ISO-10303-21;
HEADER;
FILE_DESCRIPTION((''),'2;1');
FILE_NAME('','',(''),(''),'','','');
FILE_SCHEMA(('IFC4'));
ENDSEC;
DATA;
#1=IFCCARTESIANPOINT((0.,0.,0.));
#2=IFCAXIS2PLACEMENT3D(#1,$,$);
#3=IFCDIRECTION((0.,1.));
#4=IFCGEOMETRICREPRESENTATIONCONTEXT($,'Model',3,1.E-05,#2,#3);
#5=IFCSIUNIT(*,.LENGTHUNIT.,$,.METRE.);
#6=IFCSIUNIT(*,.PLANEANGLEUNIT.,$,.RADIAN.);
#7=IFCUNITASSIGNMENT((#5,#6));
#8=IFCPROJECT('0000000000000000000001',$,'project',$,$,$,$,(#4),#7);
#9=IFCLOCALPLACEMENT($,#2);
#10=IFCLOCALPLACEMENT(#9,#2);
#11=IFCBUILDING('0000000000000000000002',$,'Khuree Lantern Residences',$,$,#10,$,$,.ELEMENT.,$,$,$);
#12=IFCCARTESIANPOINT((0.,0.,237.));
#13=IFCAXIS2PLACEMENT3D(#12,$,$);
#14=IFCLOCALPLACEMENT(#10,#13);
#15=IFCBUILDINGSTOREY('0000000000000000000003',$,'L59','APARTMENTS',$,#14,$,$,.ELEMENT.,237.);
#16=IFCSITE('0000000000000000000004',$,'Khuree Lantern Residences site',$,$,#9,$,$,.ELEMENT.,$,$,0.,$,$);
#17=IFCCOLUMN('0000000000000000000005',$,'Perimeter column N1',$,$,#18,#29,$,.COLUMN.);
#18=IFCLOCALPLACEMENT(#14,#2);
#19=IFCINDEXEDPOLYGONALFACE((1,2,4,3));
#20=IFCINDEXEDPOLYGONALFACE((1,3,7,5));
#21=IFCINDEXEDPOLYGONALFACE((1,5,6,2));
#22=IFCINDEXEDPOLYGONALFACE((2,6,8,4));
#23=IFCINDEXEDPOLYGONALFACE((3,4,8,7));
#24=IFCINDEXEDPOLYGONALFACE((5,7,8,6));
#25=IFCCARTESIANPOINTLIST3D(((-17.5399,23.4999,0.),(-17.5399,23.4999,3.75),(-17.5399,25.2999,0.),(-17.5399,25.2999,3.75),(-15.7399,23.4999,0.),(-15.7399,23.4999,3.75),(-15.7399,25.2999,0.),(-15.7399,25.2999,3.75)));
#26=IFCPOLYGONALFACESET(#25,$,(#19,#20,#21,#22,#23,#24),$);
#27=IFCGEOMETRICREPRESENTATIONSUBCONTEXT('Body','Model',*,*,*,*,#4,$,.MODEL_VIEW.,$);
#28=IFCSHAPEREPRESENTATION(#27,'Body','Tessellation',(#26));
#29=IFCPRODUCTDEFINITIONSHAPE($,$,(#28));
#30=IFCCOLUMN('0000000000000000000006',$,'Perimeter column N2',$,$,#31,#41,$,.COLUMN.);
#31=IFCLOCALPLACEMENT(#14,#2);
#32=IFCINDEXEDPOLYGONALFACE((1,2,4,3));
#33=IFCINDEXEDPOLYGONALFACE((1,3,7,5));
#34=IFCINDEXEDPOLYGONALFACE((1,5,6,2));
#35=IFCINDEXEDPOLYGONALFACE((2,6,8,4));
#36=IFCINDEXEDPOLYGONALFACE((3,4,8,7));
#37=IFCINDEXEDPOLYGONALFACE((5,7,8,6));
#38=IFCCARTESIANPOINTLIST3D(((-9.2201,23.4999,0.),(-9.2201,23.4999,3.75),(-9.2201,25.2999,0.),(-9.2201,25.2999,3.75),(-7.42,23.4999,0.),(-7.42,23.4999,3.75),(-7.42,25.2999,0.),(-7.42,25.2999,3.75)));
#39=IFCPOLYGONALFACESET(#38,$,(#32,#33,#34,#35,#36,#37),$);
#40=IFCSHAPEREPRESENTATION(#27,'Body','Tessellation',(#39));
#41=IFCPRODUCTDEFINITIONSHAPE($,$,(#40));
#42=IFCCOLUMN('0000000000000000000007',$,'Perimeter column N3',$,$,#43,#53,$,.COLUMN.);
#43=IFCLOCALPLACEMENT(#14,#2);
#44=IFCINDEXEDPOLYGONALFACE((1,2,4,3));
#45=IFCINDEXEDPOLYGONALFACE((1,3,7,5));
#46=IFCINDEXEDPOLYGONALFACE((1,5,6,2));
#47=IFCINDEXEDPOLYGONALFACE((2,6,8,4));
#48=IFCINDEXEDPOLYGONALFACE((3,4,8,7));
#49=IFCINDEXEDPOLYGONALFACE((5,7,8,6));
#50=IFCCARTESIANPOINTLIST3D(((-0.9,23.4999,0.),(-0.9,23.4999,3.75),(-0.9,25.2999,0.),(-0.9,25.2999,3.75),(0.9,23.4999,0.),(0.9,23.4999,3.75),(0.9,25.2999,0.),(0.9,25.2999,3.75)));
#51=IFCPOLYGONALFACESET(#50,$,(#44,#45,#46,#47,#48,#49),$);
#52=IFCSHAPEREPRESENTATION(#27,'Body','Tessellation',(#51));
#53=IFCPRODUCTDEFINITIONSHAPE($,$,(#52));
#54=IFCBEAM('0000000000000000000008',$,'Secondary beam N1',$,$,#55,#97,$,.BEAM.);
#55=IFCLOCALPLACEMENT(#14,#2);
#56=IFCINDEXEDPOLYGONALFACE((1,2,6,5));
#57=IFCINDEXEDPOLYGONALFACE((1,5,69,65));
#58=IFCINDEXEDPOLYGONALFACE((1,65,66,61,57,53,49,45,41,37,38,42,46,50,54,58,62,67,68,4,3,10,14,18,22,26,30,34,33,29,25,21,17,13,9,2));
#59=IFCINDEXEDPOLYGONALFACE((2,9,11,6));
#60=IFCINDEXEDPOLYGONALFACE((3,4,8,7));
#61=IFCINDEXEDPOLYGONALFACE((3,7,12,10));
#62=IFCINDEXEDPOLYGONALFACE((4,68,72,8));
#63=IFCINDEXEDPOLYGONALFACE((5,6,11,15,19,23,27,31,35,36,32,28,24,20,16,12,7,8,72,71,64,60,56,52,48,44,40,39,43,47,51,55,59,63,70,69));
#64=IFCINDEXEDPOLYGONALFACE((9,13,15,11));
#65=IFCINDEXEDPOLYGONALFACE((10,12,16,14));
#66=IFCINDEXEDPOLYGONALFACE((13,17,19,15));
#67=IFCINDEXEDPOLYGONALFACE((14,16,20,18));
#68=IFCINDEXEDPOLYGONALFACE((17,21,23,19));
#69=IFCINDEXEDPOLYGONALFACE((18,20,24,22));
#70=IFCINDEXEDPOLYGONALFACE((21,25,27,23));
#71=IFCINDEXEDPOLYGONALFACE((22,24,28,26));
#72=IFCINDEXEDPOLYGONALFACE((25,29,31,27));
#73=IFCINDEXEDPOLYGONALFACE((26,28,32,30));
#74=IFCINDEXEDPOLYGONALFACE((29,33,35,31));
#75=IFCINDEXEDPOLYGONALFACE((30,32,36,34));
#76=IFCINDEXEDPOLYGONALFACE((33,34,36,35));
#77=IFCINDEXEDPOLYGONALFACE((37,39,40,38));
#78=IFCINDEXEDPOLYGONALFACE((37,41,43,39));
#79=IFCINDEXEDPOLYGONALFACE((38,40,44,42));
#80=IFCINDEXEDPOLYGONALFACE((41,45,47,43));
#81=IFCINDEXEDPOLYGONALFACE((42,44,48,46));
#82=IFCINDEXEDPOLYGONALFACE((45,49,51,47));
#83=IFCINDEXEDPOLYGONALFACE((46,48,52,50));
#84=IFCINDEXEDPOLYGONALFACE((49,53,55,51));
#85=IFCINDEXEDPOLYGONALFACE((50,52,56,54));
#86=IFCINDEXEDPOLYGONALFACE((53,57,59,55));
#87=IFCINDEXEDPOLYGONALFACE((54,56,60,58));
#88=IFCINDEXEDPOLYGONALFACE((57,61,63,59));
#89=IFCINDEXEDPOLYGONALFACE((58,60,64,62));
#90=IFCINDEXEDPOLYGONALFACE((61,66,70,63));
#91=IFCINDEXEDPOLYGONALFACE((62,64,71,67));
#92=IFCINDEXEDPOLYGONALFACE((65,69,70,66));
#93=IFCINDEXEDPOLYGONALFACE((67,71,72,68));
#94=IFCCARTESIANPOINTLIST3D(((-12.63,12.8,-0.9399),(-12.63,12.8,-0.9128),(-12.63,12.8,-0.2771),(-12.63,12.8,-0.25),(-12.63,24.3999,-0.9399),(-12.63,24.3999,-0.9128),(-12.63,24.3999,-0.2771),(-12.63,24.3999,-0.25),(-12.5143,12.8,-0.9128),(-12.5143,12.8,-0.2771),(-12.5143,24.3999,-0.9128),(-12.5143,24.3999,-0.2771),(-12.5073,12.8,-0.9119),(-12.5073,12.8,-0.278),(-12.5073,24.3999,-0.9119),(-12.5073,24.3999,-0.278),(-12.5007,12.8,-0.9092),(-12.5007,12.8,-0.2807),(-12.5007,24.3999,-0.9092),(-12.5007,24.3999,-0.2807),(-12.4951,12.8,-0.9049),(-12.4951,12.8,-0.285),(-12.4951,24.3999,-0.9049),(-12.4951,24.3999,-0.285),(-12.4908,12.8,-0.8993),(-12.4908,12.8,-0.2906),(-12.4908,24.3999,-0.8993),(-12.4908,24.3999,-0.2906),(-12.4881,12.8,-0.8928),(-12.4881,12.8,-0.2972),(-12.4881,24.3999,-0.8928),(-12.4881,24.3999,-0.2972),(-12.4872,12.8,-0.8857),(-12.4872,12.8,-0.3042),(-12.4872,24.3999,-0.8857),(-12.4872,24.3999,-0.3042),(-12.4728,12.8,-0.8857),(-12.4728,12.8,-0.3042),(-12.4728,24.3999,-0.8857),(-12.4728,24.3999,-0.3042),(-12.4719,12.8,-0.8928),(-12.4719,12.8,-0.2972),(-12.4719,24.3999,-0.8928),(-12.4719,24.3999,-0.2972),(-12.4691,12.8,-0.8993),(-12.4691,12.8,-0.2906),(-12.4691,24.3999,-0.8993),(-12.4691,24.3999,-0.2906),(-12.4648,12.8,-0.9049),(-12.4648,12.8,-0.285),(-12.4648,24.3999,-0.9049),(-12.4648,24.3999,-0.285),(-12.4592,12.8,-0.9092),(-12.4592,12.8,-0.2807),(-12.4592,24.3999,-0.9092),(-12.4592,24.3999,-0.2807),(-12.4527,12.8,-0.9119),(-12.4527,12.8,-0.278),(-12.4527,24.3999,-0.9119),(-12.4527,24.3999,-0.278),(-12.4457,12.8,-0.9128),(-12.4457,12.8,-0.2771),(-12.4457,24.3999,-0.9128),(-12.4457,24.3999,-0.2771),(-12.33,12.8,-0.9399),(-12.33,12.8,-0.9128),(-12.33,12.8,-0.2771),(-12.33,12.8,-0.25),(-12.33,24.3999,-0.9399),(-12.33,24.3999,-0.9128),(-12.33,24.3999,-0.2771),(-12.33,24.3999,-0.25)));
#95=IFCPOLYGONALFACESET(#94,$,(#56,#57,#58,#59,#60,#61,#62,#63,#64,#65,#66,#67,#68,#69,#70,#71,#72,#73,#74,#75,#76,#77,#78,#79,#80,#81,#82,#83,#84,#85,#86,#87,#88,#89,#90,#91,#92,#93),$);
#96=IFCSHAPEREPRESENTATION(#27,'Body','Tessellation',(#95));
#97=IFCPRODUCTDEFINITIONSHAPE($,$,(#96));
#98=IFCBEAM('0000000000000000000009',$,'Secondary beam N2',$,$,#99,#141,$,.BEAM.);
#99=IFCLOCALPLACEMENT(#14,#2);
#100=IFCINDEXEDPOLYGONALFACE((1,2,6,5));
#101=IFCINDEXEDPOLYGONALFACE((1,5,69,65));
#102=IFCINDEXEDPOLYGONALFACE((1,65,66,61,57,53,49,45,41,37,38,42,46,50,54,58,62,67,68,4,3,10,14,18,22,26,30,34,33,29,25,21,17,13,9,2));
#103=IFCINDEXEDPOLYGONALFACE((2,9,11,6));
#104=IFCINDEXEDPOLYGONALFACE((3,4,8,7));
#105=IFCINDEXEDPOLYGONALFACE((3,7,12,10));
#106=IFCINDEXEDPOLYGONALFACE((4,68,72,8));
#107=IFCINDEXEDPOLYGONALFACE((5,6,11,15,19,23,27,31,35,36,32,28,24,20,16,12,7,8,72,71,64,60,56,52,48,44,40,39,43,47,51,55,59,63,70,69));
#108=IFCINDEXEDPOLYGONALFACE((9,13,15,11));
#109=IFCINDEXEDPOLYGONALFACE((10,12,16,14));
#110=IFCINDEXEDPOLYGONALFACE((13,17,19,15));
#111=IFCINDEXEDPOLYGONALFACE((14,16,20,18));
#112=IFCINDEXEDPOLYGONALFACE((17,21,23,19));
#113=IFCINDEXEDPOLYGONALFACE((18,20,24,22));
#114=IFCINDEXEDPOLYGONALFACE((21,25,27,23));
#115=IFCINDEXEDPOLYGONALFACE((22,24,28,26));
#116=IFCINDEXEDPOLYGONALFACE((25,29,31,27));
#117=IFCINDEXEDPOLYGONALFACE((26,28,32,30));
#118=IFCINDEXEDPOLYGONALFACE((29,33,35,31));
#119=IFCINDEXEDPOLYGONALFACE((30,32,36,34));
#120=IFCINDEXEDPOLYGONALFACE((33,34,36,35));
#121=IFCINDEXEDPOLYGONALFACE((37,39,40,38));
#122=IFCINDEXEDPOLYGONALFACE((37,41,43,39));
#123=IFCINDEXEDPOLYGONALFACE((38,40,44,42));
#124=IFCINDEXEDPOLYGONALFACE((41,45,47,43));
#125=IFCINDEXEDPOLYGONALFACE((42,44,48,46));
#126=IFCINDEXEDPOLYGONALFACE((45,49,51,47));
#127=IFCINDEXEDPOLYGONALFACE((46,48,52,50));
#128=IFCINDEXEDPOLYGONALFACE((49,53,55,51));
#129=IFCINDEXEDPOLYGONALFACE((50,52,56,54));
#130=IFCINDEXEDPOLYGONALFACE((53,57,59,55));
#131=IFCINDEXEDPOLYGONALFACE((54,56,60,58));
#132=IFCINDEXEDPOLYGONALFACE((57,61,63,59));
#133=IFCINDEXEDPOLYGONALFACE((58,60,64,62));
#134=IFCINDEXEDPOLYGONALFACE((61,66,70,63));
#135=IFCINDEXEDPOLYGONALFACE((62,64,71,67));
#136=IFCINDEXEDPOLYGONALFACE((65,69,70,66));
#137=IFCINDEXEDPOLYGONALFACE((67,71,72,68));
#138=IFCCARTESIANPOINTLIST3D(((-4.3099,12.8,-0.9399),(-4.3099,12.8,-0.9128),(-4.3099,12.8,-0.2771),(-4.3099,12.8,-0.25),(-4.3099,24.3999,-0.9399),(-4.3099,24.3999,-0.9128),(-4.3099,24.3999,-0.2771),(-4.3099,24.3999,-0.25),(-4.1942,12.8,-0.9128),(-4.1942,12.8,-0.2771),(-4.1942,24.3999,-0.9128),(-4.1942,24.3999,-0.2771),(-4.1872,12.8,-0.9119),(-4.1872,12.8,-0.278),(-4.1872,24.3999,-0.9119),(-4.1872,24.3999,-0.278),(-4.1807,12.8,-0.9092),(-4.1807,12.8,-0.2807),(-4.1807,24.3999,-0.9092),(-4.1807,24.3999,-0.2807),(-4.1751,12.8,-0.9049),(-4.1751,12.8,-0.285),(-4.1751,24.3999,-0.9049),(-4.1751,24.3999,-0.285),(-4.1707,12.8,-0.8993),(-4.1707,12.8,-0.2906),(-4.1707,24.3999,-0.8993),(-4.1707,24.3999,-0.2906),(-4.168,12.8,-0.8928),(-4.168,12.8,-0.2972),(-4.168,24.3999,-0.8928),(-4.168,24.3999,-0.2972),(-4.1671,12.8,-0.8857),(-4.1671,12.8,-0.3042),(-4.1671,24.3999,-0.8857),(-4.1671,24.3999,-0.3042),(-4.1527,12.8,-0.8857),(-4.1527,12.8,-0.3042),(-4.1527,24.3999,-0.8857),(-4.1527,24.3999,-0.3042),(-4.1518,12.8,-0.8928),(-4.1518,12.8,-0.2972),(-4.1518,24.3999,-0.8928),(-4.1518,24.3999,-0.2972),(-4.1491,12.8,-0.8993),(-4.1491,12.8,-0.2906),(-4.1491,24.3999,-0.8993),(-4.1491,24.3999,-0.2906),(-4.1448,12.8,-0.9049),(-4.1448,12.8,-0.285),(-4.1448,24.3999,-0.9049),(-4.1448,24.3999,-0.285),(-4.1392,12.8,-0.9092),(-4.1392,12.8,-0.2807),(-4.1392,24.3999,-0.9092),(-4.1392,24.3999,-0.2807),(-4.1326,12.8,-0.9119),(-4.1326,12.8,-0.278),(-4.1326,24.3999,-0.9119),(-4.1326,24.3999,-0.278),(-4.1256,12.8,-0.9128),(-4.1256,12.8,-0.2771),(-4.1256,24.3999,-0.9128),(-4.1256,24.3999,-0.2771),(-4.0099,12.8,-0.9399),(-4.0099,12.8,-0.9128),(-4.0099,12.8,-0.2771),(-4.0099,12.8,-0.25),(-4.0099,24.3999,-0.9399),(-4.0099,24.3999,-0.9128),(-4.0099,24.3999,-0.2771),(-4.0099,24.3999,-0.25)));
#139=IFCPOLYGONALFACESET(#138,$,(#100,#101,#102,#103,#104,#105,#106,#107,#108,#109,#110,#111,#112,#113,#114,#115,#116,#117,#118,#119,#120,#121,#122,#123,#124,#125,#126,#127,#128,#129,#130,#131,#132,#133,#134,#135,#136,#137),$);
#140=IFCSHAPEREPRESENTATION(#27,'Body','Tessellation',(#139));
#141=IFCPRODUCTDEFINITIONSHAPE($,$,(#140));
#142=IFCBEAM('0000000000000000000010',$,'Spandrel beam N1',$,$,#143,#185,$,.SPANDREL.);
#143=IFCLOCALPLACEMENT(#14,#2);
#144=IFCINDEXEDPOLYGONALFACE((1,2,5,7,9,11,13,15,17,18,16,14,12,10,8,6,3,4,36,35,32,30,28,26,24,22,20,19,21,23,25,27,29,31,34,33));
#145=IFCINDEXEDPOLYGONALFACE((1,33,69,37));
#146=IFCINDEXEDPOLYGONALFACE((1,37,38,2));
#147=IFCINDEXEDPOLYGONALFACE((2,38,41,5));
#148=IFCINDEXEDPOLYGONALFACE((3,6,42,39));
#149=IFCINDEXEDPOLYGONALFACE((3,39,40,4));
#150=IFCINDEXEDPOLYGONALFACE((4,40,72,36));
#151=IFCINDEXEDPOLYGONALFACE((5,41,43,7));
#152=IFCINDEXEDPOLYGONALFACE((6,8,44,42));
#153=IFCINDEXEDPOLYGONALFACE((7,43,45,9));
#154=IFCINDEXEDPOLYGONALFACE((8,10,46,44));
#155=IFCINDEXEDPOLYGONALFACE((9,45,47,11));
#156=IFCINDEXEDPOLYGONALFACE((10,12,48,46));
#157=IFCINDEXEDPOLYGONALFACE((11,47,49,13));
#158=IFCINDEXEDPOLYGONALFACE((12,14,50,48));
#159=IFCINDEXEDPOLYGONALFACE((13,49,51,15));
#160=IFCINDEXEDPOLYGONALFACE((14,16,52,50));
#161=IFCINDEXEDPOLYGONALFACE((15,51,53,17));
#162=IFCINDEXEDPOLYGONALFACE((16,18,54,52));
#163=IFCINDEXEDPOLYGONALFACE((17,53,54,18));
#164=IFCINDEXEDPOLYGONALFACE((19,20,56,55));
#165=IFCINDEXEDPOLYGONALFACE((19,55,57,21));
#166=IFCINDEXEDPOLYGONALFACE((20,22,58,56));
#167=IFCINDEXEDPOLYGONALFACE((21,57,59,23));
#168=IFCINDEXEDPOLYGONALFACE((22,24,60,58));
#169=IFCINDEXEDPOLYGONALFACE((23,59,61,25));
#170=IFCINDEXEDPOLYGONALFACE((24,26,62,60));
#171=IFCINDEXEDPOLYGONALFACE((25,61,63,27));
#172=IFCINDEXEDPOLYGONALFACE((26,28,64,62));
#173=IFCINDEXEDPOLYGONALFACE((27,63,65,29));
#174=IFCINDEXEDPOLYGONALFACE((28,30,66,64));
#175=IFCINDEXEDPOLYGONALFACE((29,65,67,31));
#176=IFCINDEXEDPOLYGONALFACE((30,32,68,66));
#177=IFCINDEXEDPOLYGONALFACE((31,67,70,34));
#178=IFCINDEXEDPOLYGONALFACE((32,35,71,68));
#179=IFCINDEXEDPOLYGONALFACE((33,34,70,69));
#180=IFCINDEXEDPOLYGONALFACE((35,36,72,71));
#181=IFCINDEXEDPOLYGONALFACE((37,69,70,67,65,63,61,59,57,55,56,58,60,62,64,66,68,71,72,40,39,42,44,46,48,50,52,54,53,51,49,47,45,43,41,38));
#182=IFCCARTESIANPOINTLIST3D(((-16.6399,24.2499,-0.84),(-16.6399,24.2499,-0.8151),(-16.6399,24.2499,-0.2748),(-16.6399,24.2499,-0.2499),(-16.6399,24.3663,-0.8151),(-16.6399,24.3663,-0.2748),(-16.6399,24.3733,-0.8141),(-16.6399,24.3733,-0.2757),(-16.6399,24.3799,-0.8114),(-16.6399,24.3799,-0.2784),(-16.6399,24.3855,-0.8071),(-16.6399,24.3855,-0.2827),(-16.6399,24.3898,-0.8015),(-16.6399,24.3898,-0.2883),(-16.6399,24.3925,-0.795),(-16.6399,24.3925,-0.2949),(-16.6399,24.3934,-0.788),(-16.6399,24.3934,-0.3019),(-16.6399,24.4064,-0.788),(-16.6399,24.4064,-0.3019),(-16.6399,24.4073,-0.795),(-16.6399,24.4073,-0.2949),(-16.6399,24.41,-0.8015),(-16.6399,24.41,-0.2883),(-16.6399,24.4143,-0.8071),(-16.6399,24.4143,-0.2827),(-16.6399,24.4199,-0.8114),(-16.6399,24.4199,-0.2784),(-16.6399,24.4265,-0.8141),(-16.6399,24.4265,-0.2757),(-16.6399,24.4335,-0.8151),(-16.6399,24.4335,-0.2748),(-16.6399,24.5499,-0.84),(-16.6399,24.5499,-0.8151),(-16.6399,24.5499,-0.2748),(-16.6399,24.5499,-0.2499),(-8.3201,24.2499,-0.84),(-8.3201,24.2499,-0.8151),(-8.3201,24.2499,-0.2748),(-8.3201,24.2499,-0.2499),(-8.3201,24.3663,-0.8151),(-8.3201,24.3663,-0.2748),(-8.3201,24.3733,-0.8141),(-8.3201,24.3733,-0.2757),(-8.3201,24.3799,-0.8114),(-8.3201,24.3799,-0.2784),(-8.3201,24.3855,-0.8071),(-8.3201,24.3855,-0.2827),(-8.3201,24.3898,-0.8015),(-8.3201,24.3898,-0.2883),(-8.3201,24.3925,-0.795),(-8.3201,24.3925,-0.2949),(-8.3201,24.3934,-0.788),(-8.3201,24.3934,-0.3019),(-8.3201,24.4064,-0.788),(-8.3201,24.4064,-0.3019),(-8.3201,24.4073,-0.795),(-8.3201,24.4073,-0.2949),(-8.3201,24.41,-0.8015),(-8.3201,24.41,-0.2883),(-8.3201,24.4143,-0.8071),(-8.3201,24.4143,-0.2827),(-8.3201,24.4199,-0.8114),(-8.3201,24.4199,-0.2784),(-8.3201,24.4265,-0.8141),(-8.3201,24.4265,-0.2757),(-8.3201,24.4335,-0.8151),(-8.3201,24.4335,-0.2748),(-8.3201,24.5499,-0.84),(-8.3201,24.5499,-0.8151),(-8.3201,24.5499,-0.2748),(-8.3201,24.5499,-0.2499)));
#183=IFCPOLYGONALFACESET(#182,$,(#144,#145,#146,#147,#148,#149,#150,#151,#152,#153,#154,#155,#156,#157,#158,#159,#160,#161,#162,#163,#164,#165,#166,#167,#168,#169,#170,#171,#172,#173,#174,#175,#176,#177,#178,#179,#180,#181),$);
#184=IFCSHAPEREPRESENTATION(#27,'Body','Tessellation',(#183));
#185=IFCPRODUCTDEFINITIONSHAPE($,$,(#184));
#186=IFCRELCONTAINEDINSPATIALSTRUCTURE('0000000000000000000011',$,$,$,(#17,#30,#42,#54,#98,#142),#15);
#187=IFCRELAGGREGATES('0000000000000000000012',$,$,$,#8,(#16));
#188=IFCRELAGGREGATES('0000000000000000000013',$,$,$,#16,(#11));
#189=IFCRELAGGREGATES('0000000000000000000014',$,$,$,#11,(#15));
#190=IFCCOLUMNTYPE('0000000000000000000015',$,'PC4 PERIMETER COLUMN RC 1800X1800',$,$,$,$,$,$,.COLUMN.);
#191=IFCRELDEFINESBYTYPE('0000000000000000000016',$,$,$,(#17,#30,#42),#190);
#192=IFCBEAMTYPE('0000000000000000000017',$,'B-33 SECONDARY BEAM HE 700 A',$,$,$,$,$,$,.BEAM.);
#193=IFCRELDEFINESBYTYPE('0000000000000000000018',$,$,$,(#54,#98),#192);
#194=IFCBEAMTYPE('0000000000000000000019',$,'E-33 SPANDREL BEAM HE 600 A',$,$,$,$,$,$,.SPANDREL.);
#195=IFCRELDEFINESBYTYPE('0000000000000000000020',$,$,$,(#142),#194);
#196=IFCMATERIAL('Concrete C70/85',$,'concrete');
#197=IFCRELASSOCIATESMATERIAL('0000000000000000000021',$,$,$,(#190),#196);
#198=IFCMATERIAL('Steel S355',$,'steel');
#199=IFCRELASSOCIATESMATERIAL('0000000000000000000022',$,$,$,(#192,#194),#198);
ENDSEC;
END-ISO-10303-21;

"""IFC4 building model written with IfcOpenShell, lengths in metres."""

from ifc_helpers import new_model, si_unit, direction, frame, origin, origin_2d, place, context, subcontext, project, spatial, rectangle, i_section, extrude, material, material_profile, profile_set, type_object, element, save


model = new_model("IFC4")

# Units and contexts
model_context = context("Model", 3, precision=1e-05, world=origin(), true_north=direction((0.0, 1.0)))
body_context = subcontext(model_context, "Body", "Model", "MODEL_VIEW")
ifc_project = project(units=[si_unit("LENGTHUNIT", "METRE"), si_unit("PLANEANGLEUNIT", "RADIAN")], contexts=[model_context])

# Site, building, storey
site_placement = place(None, origin())
site = spatial("IfcSite", under=ifc_project, at=site_placement, Name="Khuree Lantern Residences site", CompositionType="ELEMENT", RefElevation=0.0)
building_placement = place(site_placement, origin())
building = spatial("IfcBuilding", under=site, at=building_placement, Name="Khuree Lantern Residences", CompositionType="ELEMENT")
storey_placement = place(building_placement, frame((0.0, 0.0, 237.0)))
storey = spatial("IfcBuildingStorey", under=building, at=storey_placement, Name="L59", Description="APARTMENTS", CompositionType="ELEMENT", Elevation=237.0)

# Columns
ifc_material_1 = material(Name="Concrete C70/85", Category="concrete")
ifc_material_profile_1 = material_profile(ifc_material_1, rectangle(XDim=1.8, YDim=1.8, at=origin_2d()), Name="RC 1800X1800")
ifc_profile_set_1 = profile_set([ifc_material_profile_1], Name="Concrete C70/85")
column_type = type_object("IfcColumnType", Name="PC4 PERIMETER COLUMN RC 1800X1800", PredefinedType="COLUMN", material=ifc_profile_set_1)
for number, where, z_axis, x_axis, name in (
    (1, (-16.6399, 24.3999, 0.0), (0.0, 0.0, 1.0), (1.0, 0.0, 0.0), "Perimeter column N1"),
    (2, (-8.3201, 24.3999, 0.0), (0.0, 0.0, 1.0), (1.0, 0.0, 0.0), "Perimeter column N2"),
    (3, (0.0, 24.3999, 0.0), (0.0, 0.0, 1.0), (1.0, 0.0, 0.0), "Perimeter column N3"),
):
    element("IfcColumn", number, at=place(storey_placement, frame(where, z_axis=z_axis, x_axis=x_axis)), inside=storey, type_object=column_type, Name=name, PredefinedType="COLUMN", context=body_context, shape_type="SweptSolid", body=[
        extrude(rectangle(XDim=1.8, YDim=1.8, at=origin_2d()), origin(), (0.0, 0.0, 1.0), 3.75),
    ])

# Beams
ifc_material_2 = material(Name="Steel S355", Category="steel")
ifc_material_profile_2 = material_profile(ifc_material_2, i_section(OverallWidth=0.3, OverallDepth=0.6899, WebThickness=0.0144, FlangeThickness=0.0271, FilletRadius=0.0271, at=origin_2d()), Name="HE 700 A")
ifc_profile_set_2 = profile_set([ifc_material_profile_2], Name="Steel S355")
beam_type_1 = type_object("IfcBeamType", Name="B-33 SECONDARY BEAM HE 700 A", PredefinedType="BEAM", material=ifc_profile_set_2)
for number, where, z_axis, x_axis, name in (
    (4, (-12.48, 24.3999, -0.595), (0.0, -1.0, 0.0), (1.0, 0.0, 0.0), "Secondary beam N1"),
    (5, (-4.1599, 24.3999, -0.595), (0.0, -1.0, 0.0), (1.0, 0.0, 0.0), "Secondary beam N2"),
):
    element("IfcBeam", number, at=place(storey_placement, frame(where, z_axis=z_axis, x_axis=x_axis)), inside=storey, type_object=beam_type_1, Name=name, PredefinedType="BEAM", context=body_context, shape_type="SweptSolid", body=[
        extrude(i_section(OverallWidth=0.3, OverallDepth=0.6899, WebThickness=0.0144, FlangeThickness=0.0271, FilletRadius=0.0271, at=origin_2d()), origin(), (0.0, 0.0, 1.0), 11.5999),
    ])
ifc_material_profile_3 = material_profile(ifc_material_2, i_section(OverallWidth=0.3, OverallDepth=0.5901, WebThickness=0.0129, FlangeThickness=0.0249, FilletRadius=0.0271, at=origin_2d()), Name="HE 600 A")
ifc_profile_set_3 = profile_set([ifc_material_profile_3], Name="Steel S355")
beam_type_2 = type_object("IfcBeamType", Name="E-33 SPANDREL BEAM HE 600 A", PredefinedType="SPANDREL", material=ifc_profile_set_3)
beam_1_placement = place(storey_placement, frame((-16.6399, 24.3999, -0.5449), z_axis=(1.0, 0.0, 0.0), x_axis=(0.0, 1.0, 0.0)))
element("IfcBeam", 6, at=beam_1_placement, inside=storey, type_object=beam_type_2, Name="Spandrel beam N1", PredefinedType="SPANDREL", context=body_context, shape_type="SweptSolid", body=[
    extrude(i_section(OverallWidth=0.3, OverallDepth=0.5901, WebThickness=0.0129, FlangeThickness=0.0249, FilletRadius=0.0271, at=origin_2d()), origin(), (0.0, 0.0, 1.0), 8.3198),
])

save(model, "model.ifc")
